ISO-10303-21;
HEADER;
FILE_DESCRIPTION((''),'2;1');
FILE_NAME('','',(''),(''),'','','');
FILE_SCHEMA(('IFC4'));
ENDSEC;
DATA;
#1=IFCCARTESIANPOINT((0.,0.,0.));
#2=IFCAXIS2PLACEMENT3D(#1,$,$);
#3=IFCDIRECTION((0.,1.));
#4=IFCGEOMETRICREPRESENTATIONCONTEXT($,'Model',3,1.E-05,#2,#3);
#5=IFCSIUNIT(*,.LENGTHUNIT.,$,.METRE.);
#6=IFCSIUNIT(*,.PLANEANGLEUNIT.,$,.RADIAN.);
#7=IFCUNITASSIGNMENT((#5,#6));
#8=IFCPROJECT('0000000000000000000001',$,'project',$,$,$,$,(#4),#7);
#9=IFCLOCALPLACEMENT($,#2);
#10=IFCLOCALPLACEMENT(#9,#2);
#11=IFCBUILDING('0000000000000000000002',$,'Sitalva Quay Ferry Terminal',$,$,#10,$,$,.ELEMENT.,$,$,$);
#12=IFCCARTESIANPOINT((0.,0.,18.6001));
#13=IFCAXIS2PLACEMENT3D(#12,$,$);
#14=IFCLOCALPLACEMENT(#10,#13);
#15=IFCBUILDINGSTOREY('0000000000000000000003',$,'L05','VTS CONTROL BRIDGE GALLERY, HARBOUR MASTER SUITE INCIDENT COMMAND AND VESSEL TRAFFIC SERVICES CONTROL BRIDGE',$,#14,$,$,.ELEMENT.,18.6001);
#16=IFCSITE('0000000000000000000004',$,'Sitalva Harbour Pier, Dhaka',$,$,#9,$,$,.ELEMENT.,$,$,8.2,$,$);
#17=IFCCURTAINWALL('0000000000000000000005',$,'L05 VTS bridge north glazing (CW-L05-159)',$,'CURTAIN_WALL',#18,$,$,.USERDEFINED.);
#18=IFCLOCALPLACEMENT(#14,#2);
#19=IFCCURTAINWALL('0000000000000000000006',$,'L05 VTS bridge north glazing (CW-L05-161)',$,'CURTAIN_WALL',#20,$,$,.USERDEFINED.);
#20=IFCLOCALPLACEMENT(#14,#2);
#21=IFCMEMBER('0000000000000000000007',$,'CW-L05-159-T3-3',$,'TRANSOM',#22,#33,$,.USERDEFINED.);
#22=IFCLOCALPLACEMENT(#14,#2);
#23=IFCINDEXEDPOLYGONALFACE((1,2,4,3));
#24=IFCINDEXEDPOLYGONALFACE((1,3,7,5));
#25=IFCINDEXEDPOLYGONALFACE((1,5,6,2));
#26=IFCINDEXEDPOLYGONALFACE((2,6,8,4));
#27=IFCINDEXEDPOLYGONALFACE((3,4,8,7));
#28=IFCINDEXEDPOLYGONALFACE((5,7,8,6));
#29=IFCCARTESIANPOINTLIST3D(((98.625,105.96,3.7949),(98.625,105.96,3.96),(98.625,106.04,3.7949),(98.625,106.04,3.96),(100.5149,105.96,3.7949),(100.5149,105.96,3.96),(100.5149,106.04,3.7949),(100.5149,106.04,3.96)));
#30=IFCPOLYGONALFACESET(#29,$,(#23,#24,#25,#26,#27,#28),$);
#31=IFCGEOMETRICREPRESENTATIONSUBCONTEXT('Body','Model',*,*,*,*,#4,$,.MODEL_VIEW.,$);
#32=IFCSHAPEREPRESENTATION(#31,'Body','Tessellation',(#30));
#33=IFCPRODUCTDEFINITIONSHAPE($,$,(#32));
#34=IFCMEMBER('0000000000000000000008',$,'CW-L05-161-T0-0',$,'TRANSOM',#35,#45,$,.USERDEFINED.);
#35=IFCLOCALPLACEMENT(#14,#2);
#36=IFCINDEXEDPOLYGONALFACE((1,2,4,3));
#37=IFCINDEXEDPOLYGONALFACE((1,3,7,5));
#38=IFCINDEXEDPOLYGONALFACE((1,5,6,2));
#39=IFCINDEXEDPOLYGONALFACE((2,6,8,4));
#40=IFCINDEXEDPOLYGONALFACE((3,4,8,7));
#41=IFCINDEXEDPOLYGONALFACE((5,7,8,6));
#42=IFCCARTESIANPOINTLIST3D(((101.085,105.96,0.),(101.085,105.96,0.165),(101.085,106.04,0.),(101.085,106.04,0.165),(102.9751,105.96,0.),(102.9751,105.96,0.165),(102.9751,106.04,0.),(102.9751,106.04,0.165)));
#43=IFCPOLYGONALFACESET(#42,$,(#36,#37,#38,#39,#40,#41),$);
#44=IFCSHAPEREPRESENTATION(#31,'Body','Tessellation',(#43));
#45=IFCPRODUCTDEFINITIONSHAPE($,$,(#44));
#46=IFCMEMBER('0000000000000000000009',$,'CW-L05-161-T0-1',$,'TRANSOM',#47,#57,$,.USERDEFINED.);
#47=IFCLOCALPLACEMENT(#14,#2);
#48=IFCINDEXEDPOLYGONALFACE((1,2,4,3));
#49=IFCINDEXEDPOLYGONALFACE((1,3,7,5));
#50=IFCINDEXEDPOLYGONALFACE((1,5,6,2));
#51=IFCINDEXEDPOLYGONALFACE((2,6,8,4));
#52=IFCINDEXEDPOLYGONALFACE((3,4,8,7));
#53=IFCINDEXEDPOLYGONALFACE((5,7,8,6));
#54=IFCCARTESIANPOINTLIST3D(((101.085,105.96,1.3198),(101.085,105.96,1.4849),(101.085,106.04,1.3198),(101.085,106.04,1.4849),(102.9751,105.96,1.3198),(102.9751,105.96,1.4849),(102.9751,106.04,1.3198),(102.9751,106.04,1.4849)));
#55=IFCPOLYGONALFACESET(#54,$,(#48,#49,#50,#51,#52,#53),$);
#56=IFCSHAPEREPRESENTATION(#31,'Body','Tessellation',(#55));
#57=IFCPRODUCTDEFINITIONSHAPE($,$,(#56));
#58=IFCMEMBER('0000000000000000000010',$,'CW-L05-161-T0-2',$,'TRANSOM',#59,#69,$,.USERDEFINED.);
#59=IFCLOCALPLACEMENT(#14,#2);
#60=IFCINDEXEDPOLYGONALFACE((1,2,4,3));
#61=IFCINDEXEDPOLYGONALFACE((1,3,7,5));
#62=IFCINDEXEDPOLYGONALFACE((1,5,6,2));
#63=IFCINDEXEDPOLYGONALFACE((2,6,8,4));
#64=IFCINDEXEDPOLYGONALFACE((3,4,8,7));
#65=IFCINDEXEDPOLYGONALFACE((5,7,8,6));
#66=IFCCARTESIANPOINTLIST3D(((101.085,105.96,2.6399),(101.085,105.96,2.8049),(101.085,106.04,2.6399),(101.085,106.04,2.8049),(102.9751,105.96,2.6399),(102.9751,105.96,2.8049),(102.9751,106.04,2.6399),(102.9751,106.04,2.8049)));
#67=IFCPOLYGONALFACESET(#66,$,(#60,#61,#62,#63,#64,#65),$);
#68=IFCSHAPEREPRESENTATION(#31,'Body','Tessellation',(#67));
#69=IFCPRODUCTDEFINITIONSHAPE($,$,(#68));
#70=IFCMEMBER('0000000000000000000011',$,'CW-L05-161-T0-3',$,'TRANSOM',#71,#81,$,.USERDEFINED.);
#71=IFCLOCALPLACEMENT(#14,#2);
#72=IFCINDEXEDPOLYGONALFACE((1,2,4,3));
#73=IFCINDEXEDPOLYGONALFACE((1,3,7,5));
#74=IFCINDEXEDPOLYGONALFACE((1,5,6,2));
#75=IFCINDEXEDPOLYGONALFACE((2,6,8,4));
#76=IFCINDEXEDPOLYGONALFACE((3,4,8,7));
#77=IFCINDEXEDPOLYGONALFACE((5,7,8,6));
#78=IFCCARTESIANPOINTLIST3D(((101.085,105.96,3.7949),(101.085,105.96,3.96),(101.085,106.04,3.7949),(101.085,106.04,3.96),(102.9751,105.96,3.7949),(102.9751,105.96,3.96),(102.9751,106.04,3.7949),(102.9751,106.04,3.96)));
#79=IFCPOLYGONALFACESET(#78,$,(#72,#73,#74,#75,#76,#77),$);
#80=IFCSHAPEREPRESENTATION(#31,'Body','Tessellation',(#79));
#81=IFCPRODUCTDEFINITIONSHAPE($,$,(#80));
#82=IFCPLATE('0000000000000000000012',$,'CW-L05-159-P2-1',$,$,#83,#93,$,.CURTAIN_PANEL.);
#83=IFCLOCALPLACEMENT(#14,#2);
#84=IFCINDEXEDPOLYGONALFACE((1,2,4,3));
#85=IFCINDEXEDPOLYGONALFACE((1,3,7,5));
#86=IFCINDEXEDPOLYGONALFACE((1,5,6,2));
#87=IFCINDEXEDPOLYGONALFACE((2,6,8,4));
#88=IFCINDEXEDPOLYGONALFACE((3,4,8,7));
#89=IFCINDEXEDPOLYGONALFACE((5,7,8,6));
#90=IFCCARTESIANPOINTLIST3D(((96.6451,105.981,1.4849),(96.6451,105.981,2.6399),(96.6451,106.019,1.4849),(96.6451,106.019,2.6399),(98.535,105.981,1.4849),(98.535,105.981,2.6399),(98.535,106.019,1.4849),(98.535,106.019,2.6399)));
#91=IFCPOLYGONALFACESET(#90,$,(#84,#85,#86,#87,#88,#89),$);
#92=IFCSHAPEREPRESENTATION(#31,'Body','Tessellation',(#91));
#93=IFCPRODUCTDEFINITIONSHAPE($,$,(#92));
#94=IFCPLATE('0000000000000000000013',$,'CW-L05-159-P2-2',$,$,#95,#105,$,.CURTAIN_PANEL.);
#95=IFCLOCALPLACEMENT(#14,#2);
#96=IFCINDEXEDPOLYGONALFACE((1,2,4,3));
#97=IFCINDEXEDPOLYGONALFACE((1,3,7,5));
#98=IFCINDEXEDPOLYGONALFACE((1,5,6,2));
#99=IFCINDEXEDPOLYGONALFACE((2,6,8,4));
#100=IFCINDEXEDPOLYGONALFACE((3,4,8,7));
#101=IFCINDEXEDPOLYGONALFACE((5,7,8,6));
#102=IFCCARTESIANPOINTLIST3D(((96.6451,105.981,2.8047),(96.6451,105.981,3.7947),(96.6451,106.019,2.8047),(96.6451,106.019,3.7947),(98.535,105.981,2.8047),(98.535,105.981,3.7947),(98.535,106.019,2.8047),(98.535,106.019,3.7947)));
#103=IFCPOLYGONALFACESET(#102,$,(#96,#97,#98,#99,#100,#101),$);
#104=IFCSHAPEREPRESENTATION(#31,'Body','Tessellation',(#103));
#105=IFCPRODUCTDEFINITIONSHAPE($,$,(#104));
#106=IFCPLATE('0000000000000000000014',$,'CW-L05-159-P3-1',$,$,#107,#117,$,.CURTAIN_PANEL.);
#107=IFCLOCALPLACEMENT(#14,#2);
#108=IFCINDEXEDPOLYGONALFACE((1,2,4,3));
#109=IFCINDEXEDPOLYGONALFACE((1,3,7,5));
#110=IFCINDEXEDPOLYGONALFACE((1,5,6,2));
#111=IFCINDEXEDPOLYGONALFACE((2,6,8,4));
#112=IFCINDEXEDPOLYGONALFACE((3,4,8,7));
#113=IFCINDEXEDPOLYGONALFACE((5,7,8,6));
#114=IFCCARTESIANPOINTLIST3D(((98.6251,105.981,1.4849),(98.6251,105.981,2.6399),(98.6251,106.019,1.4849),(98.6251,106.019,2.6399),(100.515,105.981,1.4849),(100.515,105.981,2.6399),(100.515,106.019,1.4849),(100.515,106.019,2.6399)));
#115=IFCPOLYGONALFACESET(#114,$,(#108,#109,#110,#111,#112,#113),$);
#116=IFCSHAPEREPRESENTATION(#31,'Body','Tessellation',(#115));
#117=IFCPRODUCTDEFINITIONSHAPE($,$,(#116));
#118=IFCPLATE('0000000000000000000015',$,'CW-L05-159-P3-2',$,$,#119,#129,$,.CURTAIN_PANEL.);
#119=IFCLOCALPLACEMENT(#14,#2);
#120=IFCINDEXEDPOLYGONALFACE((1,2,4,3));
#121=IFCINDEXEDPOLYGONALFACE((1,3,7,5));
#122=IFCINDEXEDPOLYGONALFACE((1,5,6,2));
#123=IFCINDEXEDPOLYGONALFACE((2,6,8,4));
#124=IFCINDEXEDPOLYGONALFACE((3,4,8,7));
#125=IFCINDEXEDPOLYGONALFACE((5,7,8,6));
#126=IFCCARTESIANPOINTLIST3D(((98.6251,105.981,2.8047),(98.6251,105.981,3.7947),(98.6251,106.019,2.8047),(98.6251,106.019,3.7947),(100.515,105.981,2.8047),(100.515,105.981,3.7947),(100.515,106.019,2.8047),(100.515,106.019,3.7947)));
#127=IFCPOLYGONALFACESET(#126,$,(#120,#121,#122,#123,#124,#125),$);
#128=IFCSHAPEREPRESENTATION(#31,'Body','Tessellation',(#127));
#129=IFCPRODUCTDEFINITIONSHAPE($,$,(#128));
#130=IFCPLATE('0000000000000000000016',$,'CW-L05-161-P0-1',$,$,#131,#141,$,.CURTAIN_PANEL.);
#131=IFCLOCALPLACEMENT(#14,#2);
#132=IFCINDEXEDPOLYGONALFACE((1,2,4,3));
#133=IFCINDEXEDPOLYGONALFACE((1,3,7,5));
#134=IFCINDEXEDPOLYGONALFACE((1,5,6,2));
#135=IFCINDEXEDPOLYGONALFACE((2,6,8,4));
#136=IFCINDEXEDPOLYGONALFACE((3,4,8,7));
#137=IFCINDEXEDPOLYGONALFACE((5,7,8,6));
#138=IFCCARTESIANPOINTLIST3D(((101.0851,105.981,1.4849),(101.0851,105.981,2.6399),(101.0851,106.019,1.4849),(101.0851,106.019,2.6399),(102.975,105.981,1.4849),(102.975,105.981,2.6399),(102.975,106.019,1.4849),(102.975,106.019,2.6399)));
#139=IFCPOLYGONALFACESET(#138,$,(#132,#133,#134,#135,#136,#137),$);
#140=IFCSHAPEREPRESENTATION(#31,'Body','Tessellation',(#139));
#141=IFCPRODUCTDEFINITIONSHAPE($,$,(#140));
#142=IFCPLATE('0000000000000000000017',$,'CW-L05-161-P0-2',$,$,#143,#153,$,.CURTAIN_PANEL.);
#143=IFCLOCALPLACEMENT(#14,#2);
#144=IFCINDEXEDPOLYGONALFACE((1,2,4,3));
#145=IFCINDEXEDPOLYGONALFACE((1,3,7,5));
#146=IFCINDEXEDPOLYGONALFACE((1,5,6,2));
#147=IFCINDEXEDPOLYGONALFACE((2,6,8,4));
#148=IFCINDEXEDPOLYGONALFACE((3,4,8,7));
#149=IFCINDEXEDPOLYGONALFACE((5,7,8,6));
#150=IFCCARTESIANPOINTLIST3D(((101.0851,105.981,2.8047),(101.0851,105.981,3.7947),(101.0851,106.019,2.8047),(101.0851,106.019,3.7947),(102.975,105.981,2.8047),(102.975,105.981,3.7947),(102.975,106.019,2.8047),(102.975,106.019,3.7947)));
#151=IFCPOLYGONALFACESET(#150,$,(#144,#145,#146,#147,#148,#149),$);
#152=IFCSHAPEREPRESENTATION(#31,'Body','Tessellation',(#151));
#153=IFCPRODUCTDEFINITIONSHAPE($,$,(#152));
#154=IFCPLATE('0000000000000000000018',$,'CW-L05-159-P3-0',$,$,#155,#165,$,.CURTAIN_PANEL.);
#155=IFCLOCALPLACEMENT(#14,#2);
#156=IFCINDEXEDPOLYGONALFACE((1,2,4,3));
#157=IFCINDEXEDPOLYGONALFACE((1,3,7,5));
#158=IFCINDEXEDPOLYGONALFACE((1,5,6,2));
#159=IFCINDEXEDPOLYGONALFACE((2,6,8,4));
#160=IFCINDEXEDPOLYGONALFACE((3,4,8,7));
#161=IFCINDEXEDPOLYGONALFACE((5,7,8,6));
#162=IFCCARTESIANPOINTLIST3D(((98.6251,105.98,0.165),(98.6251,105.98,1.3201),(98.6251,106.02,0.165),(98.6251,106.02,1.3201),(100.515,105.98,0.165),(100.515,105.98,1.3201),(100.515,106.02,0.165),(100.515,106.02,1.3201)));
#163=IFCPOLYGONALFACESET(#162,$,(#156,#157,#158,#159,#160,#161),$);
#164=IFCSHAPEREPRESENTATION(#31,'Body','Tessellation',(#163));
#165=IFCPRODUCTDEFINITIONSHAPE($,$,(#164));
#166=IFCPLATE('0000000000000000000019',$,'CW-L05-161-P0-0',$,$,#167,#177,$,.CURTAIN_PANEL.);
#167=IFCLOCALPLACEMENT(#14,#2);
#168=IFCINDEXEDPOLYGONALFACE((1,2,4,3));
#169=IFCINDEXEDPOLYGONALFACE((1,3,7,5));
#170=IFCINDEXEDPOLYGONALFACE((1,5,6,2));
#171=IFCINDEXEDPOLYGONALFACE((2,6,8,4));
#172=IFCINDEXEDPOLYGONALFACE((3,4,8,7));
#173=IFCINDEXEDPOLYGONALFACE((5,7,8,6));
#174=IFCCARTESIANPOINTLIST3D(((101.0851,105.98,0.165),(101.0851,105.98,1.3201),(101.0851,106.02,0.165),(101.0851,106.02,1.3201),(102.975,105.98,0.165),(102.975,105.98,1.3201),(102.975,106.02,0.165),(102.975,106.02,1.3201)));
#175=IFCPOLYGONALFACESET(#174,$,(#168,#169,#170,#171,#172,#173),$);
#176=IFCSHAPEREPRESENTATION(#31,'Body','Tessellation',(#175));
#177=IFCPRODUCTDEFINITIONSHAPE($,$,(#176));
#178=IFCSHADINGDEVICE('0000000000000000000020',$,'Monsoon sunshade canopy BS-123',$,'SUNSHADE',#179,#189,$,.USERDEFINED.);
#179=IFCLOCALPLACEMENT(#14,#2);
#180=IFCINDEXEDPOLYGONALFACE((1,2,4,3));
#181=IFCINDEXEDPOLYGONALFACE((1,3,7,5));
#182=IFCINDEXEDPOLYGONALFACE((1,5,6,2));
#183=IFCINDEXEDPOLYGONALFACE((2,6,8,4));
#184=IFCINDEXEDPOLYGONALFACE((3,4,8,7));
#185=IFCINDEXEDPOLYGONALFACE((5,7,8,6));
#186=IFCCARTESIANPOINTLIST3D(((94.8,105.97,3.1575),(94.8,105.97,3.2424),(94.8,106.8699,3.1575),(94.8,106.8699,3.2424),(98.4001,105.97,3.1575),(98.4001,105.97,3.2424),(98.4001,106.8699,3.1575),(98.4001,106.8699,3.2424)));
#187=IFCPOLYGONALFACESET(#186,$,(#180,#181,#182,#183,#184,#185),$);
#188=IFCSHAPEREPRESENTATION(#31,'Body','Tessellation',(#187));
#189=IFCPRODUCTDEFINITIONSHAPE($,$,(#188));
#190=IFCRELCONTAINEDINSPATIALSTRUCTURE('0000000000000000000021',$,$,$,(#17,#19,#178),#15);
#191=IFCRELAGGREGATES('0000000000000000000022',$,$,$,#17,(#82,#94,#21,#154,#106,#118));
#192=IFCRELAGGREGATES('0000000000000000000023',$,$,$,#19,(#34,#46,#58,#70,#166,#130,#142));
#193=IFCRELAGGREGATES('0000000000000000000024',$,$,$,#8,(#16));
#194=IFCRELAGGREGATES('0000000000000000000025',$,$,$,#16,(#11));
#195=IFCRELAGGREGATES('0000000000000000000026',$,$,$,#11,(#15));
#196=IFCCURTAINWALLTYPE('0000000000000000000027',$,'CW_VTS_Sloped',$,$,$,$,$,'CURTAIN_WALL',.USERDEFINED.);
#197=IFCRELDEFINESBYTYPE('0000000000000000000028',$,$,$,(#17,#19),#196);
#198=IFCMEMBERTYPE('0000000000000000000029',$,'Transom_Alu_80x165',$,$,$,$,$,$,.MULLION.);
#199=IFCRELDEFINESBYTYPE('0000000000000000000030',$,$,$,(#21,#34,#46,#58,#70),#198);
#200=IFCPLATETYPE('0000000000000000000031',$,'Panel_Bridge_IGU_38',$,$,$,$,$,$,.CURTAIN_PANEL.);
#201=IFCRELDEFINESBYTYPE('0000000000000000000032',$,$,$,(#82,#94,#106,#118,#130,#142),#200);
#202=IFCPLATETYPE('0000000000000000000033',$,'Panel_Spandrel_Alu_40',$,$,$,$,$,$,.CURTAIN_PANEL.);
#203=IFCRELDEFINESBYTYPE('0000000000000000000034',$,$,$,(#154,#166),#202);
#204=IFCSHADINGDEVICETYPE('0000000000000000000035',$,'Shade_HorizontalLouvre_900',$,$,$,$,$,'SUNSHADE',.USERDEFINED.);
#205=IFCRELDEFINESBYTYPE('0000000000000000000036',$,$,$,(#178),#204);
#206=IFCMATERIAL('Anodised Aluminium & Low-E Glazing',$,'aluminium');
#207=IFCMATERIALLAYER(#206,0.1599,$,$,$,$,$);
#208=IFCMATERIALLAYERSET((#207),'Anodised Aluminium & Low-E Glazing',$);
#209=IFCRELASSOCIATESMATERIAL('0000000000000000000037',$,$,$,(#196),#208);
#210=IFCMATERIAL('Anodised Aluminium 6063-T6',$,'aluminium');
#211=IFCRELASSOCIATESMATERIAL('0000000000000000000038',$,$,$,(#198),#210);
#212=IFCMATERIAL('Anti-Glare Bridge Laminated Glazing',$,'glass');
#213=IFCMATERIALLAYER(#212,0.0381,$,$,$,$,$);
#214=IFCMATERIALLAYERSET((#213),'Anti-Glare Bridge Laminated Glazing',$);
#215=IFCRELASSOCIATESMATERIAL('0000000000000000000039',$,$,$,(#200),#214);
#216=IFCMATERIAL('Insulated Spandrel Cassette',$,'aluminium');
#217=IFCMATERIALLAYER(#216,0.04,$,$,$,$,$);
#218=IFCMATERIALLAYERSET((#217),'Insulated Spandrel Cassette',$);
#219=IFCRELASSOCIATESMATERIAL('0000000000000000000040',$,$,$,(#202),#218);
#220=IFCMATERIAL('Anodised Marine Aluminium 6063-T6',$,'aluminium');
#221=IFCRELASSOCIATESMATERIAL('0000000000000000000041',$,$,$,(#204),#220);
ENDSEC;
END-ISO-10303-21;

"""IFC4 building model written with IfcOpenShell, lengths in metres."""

from ifc_helpers import new_model, si_unit, direction, frame, origin, origin_2d, place, context, subcontext, project, spatial, rectangle, extrude, material, layer, layer_set, material_profile, profile_set, type_object, element, aggregate, save


model = new_model("IFC4")

# Units and contexts
model_context = context("Model", 3, precision=1e-05, world=origin(), true_north=direction((0.0, 1.0)))
body_context = subcontext(model_context, "Body", "Model", "MODEL_VIEW")
ifc_project = project(units=[si_unit("LENGTHUNIT", "METRE"), si_unit("PLANEANGLEUNIT", "RADIAN")], contexts=[model_context])

# Site, building, storey
site_placement = place(None, origin())
site = spatial("IfcSite", under=ifc_project, at=site_placement, Name="Sitalva Harbour Pier, Dhaka", CompositionType="ELEMENT", RefElevation=8.2)
building_placement = place(site_placement, origin())
building = spatial("IfcBuilding", under=site, at=building_placement, Name="Sitalva Quay Ferry Terminal", CompositionType="ELEMENT")
storey_placement = place(building_placement, frame((0.0, 0.0, 18.6001)))
storey = spatial("IfcBuildingStorey", under=building, at=storey_placement, Name="L05", Description="VTS CONTROL BRIDGE GALLERY, HARBOUR MASTER SUITE INCIDENT COMMAND AND VESSEL TRAFFIC SERVICES CONTROL BRIDGE", CompositionType="ELEMENT", Elevation=18.6001)

# Curtain walls
ifc_material_1 = material(Name="Anodised Aluminium & Low-E Glazing", Category="aluminium")
ifc_layer_1 = layer(ifc_material_1, 0.1599)
ifc_layer_set_1 = layer_set([ifc_layer_1], Name="Anodised Aluminium & Low-E Glazing")
curtain_wall_type = type_object("IfcCurtainWallType", Name="CW_VTS_Sloped", ElementType="CURTAIN_WALL", PredefinedType="USERDEFINED", material=ifc_layer_set_1)
curtain_wall_1_placement = place(storey_placement, origin())
curtain_wall_1 = element("IfcCurtainWall", 1, at=curtain_wall_1_placement, inside=storey, type_object=curtain_wall_type, Name="L05 VTS bridge north glazing (CW-L05-159)", ObjectType="CURTAIN_WALL", PredefinedType="USERDEFINED")
curtain_wall_2_placement = place(storey_placement, origin())
curtain_wall_2 = element("IfcCurtainWall", 2, at=curtain_wall_2_placement, inside=storey, type_object=curtain_wall_type, Name="L05 VTS bridge north glazing (CW-L05-161)", ObjectType="CURTAIN_WALL", PredefinedType="USERDEFINED")

# Members
ifc_material_2 = material(Name="Anodised Aluminium 6063-T6", Category="aluminium")
ifc_material_profile_1 = material_profile(ifc_material_2, rectangle(XDim=0.0801, YDim=0.165, at=origin_2d()), Name="ALU80x165")
ifc_profile_set_1 = profile_set([ifc_material_profile_1], Name="Anodised Aluminium 6063-T6")
member_type_1 = type_object("IfcMemberType", Name="Transom_Alu_80x165", PredefinedType="MULLION", material=ifc_profile_set_1)
member_1_placement = place(storey_placement, frame((98.625, 106.0, 3.8774), z_axis=(1.0, 0.0, 0.0), x_axis=(0.0, 1.0, 0.0)))
member_1 = element("IfcMember", 3, at=member_1_placement, type_object=member_type_1, Name="CW-L05-159-T3-3", ObjectType="TRANSOM", PredefinedType="USERDEFINED", context=body_context, shape_type="SweptSolid", body=[
    extrude(rectangle(XDim=0.0801, YDim=0.165, at=origin_2d()), origin(), (0.0, 0.0, 1.0), 1.8899),
])
member_2_placement = place(storey_placement, frame((101.085, 106.0, 0.0825), z_axis=(1.0, 0.0, 0.0), x_axis=(0.0, 1.0, 0.0)))
member_2 = element("IfcMember", 4, at=member_2_placement, type_object=member_type_1, Name="CW-L05-161-T0-0", ObjectType="TRANSOM", PredefinedType="USERDEFINED", context=body_context, shape_type="SweptSolid", body=[
    extrude(rectangle(XDim=0.0801, YDim=0.165, at=origin_2d()), origin(), (0.0, 0.0, 1.0), 1.8901),
])
member_3_placement = place(storey_placement, frame((101.085, 106.0, 1.4023), z_axis=(1.0, 0.0, 0.0), x_axis=(0.0, 1.0, 0.0)))
member_3 = element("IfcMember", 5, at=member_3_placement, type_object=member_type_1, Name="CW-L05-161-T0-1", ObjectType="TRANSOM", PredefinedType="USERDEFINED", context=body_context, shape_type="SweptSolid", body=[
    extrude(rectangle(XDim=0.0801, YDim=0.165, at=origin_2d()), origin(), (0.0, 0.0, 1.0), 1.8901),
])
member_4_placement = place(storey_placement, frame((101.085, 106.0, 2.7224), z_axis=(1.0, 0.0, 0.0), x_axis=(0.0, 1.0, 0.0)))
member_4 = element("IfcMember", 6, at=member_4_placement, type_object=member_type_1, Name="CW-L05-161-T0-2", ObjectType="TRANSOM", PredefinedType="USERDEFINED", context=body_context, shape_type="SweptSolid", body=[
    extrude(rectangle(XDim=0.0801, YDim=0.165, at=origin_2d()), origin(), (0.0, 0.0, 1.0), 1.8901),
])
member_5_placement = place(storey_placement, frame((101.085, 106.0, 3.8774), z_axis=(1.0, 0.0, 0.0), x_axis=(0.0, 1.0, 0.0)))
member_5 = element("IfcMember", 7, at=member_5_placement, type_object=member_type_1, Name="CW-L05-161-T0-3", ObjectType="TRANSOM", PredefinedType="USERDEFINED", context=body_context, shape_type="SweptSolid", body=[
    extrude(rectangle(XDim=0.0801, YDim=0.165, at=origin_2d()), origin(), (0.0, 0.0, 1.0), 1.8901),
])

# Plates
ifc_material_3 = material(Name="Anti-Glare Bridge Laminated Glazing", Category="glass")
ifc_layer_2 = layer(ifc_material_3, 0.0381)
ifc_layer_set_2 = layer_set([ifc_layer_2], Name="Anti-Glare Bridge Laminated Glazing")
plate_type_1 = type_object("IfcPlateType", Name="Panel_Bridge_IGU_38", PredefinedType="CURTAIN_PANEL", material=ifc_layer_set_2)
plate_1_placement = place(storey_placement, frame((97.5901, 106.0, 1.4849), z_axis=(0.0, 0.0, 1.0), x_axis=(1.0, 0.0, 0.0)))
plate_1 = element("IfcPlate", 8, at=plate_1_placement, type_object=plate_type_1, Name="CW-L05-159-P2-1", PredefinedType="CURTAIN_PANEL", context=body_context, shape_type="SweptSolid", body=[
    extrude(rectangle(XDim=1.8899, YDim=0.0381, at=origin_2d()), origin(), (0.0, 0.0, 1.0), 1.155),
])
plate_2_placement = place(storey_placement, frame((97.5901, 106.0, 2.8047), z_axis=(0.0, 0.0, 1.0), x_axis=(1.0, 0.0, 0.0)))
plate_2 = element("IfcPlate", 9, at=plate_2_placement, type_object=plate_type_1, Name="CW-L05-159-P2-2", PredefinedType="CURTAIN_PANEL", context=body_context, shape_type="SweptSolid", body=[
    extrude(rectangle(XDim=1.8899, YDim=0.0381, at=origin_2d()), origin(), (0.0, 0.0, 1.0), 0.99),
])
plate_3_placement = place(storey_placement, frame((99.5701, 106.0, 1.4849), z_axis=(0.0, 0.0, 1.0), x_axis=(1.0, 0.0, 0.0)))
plate_3 = element("IfcPlate", 10, at=plate_3_placement, type_object=plate_type_1, Name="CW-L05-159-P3-1", PredefinedType="CURTAIN_PANEL", context=body_context, shape_type="SweptSolid", body=[
    extrude(rectangle(XDim=1.8899, YDim=0.0381, at=origin_2d()), origin(), (0.0, 0.0, 1.0), 1.155),
])
plate_4_placement = place(storey_placement, frame((99.5701, 106.0, 2.8047), z_axis=(0.0, 0.0, 1.0), x_axis=(1.0, 0.0, 0.0)))
plate_4 = element("IfcPlate", 11, at=plate_4_placement, type_object=plate_type_1, Name="CW-L05-159-P3-2", PredefinedType="CURTAIN_PANEL", context=body_context, shape_type="SweptSolid", body=[
    extrude(rectangle(XDim=1.8899, YDim=0.0381, at=origin_2d()), origin(), (0.0, 0.0, 1.0), 0.99),
])
plate_5_placement = place(storey_placement, frame((102.03, 106.0, 1.4849), z_axis=(0.0, 0.0, 1.0), x_axis=(1.0, 0.0, 0.0)))
plate_5 = element("IfcPlate", 12, at=plate_5_placement, type_object=plate_type_1, Name="CW-L05-161-P0-1", PredefinedType="CURTAIN_PANEL", context=body_context, shape_type="SweptSolid", body=[
    extrude(rectangle(XDim=1.8899, YDim=0.0381, at=origin_2d()), origin(), (0.0, 0.0, 1.0), 1.155),
])
plate_6_placement = place(storey_placement, frame((102.03, 106.0, 2.8047), z_axis=(0.0, 0.0, 1.0), x_axis=(1.0, 0.0, 0.0)))
plate_6 = element("IfcPlate", 13, at=plate_6_placement, type_object=plate_type_1, Name="CW-L05-161-P0-2", PredefinedType="CURTAIN_PANEL", context=body_context, shape_type="SweptSolid", body=[
    extrude(rectangle(XDim=1.8899, YDim=0.0381, at=origin_2d()), origin(), (0.0, 0.0, 1.0), 0.99),
])
ifc_material_4 = material(Name="Insulated Spandrel Cassette", Category="aluminium")
ifc_layer_3 = layer(ifc_material_4, 0.04)
ifc_layer_set_3 = layer_set([ifc_layer_3], Name="Insulated Spandrel Cassette")
plate_type_2 = type_object("IfcPlateType", Name="Panel_Spandrel_Alu_40", PredefinedType="CURTAIN_PANEL", material=ifc_layer_set_3)
plate_7_placement = place(storey_placement, frame((99.5701, 106.0, 0.165), z_axis=(0.0, 0.0, 1.0), x_axis=(1.0, 0.0, 0.0)))
plate_7 = element("IfcPlate", 14, at=plate_7_placement, type_object=plate_type_2, Name="CW-L05-159-P3-0", PredefinedType="CURTAIN_PANEL", context=body_context, shape_type="SweptSolid", body=[
    extrude(rectangle(XDim=1.8899, YDim=0.04, at=origin_2d()), origin(), (0.0, 0.0, 1.0), 1.155),
])
aggregate(curtain_wall_1, [plate_1, plate_2, member_1, plate_7, plate_3, plate_4])
plate_8_placement = place(storey_placement, frame((102.03, 106.0, 0.165), z_axis=(0.0, 0.0, 1.0), x_axis=(1.0, 0.0, 0.0)))
plate_8 = element("IfcPlate", 15, at=plate_8_placement, type_object=plate_type_2, Name="CW-L05-161-P0-0", PredefinedType="CURTAIN_PANEL", context=body_context, shape_type="SweptSolid", body=[
    extrude(rectangle(XDim=1.8899, YDim=0.04, at=origin_2d()), origin(), (0.0, 0.0, 1.0), 1.155),
])
aggregate(curtain_wall_2, [member_2, member_3, member_4, member_5, plate_8, plate_5, plate_6])

# Shading device
ifc_material_5 = material(Name="Anodised Marine Aluminium 6063-T6", Category="aluminium")
shading_device_type = type_object("IfcShadingDeviceType", Name="Shade_HorizontalLouvre_900", ElementType="SUNSHADE", PredefinedType="USERDEFINED", material=ifc_material_5)
shading_device_placement = place(storey_placement, frame((96.6001, 106.4199, 3.1575), z_axis=(0.0, 0.0, 1.0), x_axis=(1.0, 0.0, 0.0)))
element("IfcShadingDevice", 16, at=shading_device_placement, inside=storey, type_object=shading_device_type, Name="Monsoon sunshade canopy BS-123", ObjectType="SUNSHADE", PredefinedType="USERDEFINED", context=body_context, shape_type="SweptSolid", body=[
    extrude(rectangle(XDim=3.6001, YDim=0.8999, at=origin_2d()), origin(), (0.0, 0.0, 1.0), 0.085),
])

save(model, "model.ifc")
